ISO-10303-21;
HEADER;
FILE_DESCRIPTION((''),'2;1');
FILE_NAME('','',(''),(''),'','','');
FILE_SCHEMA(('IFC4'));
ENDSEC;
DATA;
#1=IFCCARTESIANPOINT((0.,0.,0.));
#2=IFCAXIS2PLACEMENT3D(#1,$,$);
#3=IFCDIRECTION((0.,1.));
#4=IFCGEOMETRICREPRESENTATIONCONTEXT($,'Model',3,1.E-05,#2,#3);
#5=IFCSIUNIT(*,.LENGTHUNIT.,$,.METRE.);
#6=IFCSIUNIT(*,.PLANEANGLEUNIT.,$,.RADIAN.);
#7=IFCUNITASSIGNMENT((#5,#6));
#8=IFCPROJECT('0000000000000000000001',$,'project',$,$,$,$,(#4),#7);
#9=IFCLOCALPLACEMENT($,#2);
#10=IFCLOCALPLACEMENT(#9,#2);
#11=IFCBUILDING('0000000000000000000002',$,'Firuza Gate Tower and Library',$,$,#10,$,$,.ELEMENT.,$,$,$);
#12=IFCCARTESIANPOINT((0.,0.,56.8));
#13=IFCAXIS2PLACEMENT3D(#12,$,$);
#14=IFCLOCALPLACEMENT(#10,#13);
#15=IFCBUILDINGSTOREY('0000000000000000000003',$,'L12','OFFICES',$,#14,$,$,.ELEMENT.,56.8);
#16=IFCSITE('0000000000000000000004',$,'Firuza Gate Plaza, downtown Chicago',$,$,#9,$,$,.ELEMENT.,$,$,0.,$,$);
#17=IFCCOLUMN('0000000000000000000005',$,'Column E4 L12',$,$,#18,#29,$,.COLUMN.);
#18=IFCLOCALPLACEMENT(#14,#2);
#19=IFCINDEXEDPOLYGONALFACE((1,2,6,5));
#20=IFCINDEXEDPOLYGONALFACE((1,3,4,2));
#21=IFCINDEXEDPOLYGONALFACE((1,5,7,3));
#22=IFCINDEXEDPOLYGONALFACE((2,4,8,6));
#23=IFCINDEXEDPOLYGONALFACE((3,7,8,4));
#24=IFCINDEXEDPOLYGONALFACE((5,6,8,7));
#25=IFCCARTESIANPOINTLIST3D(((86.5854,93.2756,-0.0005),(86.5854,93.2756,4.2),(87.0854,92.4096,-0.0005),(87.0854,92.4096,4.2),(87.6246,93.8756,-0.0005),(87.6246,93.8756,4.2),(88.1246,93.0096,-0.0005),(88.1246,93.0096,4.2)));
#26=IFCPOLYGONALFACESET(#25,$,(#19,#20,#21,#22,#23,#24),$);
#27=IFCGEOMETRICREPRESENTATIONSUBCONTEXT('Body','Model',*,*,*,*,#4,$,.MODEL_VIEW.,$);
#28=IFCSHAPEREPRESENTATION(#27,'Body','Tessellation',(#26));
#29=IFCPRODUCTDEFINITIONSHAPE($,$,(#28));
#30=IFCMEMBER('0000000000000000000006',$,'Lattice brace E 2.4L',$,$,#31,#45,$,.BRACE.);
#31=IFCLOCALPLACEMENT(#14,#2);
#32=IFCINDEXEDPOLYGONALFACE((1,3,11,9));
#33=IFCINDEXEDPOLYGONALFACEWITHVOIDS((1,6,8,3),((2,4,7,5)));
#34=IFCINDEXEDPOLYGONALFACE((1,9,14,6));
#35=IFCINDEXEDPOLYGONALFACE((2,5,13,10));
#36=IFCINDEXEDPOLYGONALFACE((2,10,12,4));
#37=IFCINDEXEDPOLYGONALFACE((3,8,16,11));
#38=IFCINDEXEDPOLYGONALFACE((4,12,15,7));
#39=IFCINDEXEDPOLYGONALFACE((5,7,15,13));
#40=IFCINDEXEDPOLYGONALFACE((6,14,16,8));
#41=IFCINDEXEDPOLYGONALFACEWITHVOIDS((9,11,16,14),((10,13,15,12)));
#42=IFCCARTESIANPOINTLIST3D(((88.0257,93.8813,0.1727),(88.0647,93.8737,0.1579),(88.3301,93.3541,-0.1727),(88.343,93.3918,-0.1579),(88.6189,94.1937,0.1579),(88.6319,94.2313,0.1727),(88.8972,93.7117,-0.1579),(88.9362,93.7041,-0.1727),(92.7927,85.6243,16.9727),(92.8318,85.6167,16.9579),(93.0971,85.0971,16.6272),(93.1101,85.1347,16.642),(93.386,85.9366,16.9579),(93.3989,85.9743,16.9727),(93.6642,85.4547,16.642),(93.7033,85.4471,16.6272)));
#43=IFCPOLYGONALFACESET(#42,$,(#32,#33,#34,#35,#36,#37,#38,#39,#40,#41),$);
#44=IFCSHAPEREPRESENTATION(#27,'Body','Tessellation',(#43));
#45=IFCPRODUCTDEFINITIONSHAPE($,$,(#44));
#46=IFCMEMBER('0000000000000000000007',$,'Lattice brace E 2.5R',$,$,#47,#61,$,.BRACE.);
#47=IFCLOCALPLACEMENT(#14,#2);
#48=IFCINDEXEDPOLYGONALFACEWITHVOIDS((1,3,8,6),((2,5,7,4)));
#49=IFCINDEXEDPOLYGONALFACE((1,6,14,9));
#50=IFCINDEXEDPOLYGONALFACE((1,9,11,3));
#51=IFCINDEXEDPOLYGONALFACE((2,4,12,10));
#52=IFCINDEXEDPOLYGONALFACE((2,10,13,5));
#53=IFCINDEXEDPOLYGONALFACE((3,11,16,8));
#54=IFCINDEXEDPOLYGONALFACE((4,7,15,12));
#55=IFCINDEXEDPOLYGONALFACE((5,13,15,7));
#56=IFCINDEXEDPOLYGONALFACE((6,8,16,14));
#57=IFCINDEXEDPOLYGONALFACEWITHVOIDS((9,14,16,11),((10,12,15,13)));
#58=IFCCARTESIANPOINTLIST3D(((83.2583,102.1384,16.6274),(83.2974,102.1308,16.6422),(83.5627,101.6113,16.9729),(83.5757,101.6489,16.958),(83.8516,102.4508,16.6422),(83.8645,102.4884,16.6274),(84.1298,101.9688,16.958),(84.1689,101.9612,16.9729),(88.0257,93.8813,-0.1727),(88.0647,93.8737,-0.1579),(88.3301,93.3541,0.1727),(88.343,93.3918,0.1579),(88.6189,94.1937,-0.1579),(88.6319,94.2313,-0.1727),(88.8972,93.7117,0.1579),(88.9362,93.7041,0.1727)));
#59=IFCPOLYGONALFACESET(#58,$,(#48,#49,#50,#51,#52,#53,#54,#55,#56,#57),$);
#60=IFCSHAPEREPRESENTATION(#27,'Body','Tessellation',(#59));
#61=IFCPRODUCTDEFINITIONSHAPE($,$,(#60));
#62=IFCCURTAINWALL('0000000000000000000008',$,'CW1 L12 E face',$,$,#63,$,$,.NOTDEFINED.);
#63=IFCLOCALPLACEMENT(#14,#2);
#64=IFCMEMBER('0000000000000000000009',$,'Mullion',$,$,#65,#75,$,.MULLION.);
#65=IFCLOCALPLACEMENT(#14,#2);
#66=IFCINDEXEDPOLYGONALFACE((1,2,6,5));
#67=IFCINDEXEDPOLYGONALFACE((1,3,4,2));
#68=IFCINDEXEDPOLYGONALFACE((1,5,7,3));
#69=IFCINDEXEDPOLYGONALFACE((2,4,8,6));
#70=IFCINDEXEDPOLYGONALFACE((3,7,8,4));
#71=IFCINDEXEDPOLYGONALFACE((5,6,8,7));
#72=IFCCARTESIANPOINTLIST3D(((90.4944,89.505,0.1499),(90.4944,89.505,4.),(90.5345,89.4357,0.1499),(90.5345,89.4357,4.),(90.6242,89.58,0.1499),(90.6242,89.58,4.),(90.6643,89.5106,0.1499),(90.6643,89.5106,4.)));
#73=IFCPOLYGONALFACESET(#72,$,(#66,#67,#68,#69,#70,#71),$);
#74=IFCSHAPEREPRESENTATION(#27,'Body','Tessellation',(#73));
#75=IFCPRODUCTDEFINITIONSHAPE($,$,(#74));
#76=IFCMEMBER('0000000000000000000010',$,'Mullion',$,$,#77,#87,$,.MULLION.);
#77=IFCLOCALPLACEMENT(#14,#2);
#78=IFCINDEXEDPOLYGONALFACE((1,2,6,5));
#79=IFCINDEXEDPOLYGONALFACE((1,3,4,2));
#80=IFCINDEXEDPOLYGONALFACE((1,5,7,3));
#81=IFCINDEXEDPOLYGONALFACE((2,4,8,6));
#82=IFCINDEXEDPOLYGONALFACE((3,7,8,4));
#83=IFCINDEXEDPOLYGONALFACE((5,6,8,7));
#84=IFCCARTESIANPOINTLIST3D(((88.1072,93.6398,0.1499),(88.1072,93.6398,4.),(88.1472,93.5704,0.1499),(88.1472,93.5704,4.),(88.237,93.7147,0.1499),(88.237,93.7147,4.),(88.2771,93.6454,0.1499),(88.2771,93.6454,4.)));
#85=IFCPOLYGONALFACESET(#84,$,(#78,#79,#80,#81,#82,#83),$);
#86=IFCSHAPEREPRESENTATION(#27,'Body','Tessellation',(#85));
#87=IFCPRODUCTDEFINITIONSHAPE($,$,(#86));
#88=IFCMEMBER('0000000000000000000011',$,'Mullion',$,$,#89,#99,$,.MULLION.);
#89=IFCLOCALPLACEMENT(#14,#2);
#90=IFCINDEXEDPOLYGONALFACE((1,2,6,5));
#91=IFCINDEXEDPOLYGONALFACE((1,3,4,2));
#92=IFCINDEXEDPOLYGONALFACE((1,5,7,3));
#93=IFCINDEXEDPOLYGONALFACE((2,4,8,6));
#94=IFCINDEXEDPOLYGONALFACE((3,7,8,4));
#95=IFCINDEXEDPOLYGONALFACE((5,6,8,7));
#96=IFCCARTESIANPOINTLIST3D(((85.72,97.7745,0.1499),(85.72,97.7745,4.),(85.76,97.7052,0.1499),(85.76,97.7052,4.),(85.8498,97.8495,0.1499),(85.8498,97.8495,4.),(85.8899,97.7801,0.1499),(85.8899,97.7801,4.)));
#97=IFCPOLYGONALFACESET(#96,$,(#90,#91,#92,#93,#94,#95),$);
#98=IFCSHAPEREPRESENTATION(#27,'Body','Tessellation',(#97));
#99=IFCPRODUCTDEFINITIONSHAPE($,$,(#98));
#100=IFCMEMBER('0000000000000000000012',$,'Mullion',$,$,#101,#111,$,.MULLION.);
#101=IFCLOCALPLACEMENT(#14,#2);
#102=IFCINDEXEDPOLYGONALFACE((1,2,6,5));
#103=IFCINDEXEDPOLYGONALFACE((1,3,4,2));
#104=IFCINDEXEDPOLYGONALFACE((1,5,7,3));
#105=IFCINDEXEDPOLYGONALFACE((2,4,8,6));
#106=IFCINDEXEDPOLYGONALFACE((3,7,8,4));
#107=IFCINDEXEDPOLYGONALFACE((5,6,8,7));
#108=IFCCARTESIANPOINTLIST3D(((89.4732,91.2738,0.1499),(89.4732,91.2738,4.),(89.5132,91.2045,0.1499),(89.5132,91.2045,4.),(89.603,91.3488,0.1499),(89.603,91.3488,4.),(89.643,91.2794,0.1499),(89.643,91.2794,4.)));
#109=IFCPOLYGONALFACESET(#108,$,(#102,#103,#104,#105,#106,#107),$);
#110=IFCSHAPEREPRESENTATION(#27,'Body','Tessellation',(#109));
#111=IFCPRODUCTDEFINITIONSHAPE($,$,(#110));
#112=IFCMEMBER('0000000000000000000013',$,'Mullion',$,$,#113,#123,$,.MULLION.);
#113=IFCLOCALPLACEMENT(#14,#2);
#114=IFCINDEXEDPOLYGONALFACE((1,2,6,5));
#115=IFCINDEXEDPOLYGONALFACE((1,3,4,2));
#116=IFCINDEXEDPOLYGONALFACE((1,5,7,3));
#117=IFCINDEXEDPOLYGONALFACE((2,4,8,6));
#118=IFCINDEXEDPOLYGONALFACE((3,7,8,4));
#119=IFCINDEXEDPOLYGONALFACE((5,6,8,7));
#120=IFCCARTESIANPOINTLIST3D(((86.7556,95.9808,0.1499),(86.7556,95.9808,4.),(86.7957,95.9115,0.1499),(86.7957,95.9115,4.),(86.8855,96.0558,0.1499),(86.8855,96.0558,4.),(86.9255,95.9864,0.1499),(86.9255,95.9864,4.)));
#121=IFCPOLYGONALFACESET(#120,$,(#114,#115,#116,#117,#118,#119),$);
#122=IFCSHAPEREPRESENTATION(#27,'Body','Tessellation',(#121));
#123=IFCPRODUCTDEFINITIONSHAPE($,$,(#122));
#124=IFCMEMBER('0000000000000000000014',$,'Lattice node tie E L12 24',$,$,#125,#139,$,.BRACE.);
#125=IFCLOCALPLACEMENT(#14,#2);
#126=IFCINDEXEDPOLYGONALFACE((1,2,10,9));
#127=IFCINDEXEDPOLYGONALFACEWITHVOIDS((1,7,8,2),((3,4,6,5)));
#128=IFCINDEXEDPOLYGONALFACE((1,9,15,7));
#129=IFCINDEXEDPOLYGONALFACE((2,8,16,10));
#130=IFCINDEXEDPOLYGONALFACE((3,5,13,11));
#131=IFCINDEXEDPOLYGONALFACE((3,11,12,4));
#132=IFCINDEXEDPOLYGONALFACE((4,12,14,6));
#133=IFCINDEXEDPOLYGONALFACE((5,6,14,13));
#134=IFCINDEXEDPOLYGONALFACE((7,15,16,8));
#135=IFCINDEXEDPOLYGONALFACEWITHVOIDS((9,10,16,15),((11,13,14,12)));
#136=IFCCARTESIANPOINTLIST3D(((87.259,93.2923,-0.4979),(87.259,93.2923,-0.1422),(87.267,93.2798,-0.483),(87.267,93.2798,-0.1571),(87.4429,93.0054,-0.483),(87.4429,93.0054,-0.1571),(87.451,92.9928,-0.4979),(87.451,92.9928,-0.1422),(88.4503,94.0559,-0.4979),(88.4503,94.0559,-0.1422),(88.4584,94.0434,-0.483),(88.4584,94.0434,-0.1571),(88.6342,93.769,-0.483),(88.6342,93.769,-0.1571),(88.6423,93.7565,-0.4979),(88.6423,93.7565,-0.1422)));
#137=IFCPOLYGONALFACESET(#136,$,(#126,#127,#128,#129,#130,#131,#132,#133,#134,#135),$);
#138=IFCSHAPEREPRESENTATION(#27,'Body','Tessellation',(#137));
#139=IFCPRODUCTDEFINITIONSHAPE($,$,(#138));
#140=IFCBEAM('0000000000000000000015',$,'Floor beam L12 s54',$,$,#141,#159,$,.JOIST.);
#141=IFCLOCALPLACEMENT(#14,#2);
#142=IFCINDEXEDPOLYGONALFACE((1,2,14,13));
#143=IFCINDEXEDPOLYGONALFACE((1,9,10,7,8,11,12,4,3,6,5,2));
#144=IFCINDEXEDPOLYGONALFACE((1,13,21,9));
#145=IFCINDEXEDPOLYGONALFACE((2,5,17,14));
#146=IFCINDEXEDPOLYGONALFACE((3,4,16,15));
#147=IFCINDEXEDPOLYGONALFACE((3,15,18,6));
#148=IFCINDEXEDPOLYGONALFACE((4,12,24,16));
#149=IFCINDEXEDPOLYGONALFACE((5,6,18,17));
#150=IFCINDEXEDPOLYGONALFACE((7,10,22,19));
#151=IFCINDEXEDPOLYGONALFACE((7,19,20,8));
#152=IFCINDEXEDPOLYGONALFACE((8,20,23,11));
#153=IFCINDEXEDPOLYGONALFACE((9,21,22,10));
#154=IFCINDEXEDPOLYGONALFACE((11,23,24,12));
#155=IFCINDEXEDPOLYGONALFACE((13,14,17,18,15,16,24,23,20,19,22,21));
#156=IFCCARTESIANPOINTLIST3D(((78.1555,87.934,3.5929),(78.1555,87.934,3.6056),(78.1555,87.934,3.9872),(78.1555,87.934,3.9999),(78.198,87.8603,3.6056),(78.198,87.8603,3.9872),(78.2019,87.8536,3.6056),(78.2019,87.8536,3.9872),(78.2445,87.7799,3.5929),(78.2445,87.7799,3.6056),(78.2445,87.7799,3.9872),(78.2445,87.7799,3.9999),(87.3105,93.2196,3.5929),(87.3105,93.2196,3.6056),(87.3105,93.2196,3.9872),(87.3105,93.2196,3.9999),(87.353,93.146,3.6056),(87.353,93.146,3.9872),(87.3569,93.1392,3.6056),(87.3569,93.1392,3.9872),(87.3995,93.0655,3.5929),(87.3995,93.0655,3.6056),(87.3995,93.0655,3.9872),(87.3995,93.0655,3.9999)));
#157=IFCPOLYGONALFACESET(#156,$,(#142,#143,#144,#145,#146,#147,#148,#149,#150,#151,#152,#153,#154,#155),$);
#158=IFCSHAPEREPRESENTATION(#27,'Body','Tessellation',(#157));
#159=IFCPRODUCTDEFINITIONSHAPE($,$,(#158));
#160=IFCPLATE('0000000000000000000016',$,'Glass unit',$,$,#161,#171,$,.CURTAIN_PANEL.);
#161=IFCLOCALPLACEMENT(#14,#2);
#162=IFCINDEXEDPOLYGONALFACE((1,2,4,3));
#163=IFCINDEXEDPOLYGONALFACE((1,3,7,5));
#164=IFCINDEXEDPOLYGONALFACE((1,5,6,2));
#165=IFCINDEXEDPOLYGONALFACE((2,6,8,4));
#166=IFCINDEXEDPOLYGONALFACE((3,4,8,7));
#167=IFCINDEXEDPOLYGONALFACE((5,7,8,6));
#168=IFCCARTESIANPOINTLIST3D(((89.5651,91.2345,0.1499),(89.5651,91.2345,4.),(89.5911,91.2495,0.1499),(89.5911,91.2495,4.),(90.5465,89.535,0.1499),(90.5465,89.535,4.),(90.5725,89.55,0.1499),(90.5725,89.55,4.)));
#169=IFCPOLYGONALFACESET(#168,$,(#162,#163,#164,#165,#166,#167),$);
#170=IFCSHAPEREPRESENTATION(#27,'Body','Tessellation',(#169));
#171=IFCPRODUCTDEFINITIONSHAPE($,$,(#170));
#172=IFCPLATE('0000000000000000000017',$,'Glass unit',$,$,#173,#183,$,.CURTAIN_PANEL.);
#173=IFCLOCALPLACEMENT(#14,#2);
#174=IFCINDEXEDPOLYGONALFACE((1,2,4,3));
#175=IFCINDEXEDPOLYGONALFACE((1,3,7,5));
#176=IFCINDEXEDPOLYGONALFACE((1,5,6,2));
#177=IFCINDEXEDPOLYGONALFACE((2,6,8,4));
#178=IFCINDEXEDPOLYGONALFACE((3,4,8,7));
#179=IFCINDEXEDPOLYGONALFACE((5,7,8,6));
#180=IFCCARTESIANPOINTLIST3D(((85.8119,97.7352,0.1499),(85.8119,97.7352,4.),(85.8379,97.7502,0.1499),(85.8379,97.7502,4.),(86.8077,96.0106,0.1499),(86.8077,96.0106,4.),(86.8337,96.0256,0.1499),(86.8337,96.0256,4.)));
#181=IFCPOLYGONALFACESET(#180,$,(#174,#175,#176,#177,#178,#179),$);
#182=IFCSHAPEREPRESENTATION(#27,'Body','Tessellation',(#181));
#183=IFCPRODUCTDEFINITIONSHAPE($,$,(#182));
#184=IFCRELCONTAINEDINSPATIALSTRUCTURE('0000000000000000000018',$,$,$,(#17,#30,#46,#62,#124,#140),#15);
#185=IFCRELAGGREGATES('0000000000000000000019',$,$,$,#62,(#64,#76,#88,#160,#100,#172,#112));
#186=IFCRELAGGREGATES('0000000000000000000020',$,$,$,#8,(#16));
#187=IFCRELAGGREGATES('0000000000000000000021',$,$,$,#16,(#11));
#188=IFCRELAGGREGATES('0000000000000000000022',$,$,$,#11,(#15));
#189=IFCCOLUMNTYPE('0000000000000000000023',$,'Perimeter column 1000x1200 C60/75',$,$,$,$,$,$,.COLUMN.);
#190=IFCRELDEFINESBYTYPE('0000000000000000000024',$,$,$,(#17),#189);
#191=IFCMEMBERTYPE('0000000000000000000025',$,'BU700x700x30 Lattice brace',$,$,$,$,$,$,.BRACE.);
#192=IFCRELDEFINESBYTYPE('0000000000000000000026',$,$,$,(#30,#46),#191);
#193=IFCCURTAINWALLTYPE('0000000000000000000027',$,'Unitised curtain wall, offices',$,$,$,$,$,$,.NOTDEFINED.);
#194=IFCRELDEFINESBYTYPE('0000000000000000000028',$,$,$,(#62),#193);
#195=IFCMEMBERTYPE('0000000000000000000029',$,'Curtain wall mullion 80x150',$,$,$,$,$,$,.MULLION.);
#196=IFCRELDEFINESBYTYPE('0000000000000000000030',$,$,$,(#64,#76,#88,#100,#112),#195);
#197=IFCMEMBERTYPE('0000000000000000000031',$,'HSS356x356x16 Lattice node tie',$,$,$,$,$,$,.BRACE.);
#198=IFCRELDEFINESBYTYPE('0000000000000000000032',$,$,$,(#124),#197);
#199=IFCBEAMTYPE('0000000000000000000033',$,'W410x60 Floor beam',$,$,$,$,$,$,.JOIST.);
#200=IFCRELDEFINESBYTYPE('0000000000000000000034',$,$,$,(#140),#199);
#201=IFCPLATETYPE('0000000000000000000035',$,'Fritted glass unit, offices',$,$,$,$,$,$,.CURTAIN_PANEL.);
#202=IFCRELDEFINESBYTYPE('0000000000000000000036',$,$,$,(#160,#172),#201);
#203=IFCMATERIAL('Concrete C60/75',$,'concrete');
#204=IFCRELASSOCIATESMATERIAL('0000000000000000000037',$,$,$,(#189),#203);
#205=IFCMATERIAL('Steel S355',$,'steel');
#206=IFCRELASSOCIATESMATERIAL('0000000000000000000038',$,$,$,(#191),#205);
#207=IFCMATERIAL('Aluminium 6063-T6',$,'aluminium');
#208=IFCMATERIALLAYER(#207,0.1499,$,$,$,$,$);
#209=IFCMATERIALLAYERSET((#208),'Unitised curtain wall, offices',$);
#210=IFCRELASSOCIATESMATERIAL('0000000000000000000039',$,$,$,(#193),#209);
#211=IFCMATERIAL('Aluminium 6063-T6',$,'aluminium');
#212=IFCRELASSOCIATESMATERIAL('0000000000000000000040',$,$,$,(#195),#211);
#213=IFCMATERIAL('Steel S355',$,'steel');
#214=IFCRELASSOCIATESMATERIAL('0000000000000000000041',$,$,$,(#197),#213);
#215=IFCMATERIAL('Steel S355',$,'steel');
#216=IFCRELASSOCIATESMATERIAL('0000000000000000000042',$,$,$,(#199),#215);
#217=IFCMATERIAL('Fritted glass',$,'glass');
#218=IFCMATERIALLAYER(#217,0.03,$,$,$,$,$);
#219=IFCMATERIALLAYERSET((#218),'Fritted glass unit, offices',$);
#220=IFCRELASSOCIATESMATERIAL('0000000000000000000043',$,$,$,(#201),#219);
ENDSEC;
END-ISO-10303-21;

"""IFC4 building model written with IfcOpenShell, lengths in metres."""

from ifc_helpers import new_model, si_unit, direction, frame, origin, origin_2d, place, context, subcontext, project, spatial, polyline, rectangle, hollow_rectangle, i_section, outline, extrude, material, layer, layer_set, material_profile, profile_set, type_object, element, aggregate, save


model = new_model("IFC4")

# Units and contexts
model_context = context("Model", 3, precision=1e-05, world=origin(), true_north=direction((0.0, 1.0)))
body_context = subcontext(model_context, "Body", "Model", "MODEL_VIEW")
ifc_project = project(units=[si_unit("LENGTHUNIT", "METRE"), si_unit("PLANEANGLEUNIT", "RADIAN")], contexts=[model_context])

# Site, building, storey
site_placement = place(None, origin())
site = spatial("IfcSite", under=ifc_project, at=site_placement, Name="Firuza Gate Plaza, downtown Chicago", CompositionType="ELEMENT", RefElevation=0.0)
building_placement = place(site_placement, origin())
building = spatial("IfcBuilding", under=site, at=building_placement, Name="Firuza Gate Tower and Library", CompositionType="ELEMENT")
storey_placement = place(building_placement, frame((0.0, 0.0, 56.8)))
storey = spatial("IfcBuildingStorey", under=building, at=storey_placement, Name="L12", Description="OFFICES", CompositionType="ELEMENT", Elevation=56.8)

# Column
ifc_material_1 = material(Name="Concrete C60/75", Category="concrete")
ifc_material_profile_1 = material_profile(ifc_material_1, rectangle(XDim=1.0, YDim=1.2, at=origin_2d()))
ifc_profile_set_1 = profile_set([ifc_material_profile_1], Name="Concrete C60/75")
column_type = type_object("IfcColumnType", Name="Perimeter column 1000x1200 C60/75", PredefinedType="COLUMN", material=ifc_profile_set_1)
column_placement = place(storey_placement, frame((87.355, 93.1426, -0.0005), z_axis=(0.0, 0.0, 1.0), x_axis=(-0.5, 0.866025, 0.0)))
element("IfcColumn", 1, at=column_placement, inside=storey, type_object=column_type, Name="Column E4 L12", PredefinedType="COLUMN", context=body_context, shape_type="SweptSolid", body=[
    extrude(rectangle(XDim=1.0, YDim=1.2, at=origin_2d()), origin(), (0.0, 0.0, 1.0), 4.2004),
])

# Members
ifc_material_2 = material(Name="Steel S355", Category="steel")
ifc_material_profile_2 = material_profile(ifc_material_2, hollow_rectangle(XDim=0.7, YDim=0.7, WallThickness=0.03, at=origin_2d()))
ifc_profile_set_2 = profile_set([ifc_material_profile_2], Name="Steel S355")
member_type_1 = type_object("IfcMemberType", Name="BU700x700x30 Lattice brace", PredefinedType="BRACE", material=ifc_profile_set_2)
member_1_placement = place(storey_placement, frame((88.481, 93.7927, 0.0), z_axis=(0.246782, -0.427452, 0.869703), x_axis=(0.866032, 0.499989, 0.0)))
element("IfcMember", 2, at=member_1_placement, inside=storey, type_object=member_type_1, Name="Lattice brace E 2.4L", PredefinedType="BRACE", context=body_context, shape_type="SweptSolid", body=[
    extrude(hollow_rectangle(XDim=0.7, YDim=0.7, WallThickness=0.03, at=origin_2d()), origin(), (0.0, 0.0, 1.0), 19.3169),
])
member_2_placement = place(storey_placement, frame((88.481, 93.7927, 0.0), z_axis=(-0.246794, 0.42745, 0.8697), x_axis=(-0.866021, -0.500008, 0.0)))
element("IfcMember", 3, at=member_2_placement, inside=storey, type_object=member_type_1, Name="Lattice brace E 2.5R", PredefinedType="BRACE", context=body_context, shape_type="SweptSolid", body=[
    extrude(hollow_rectangle(XDim=0.7, YDim=0.7, WallThickness=0.03, at=origin_2d()), origin(), (0.0, 0.0, 1.0), 19.3171),
])

# Curtain wall, members
ifc_material_3 = material(Name="Aluminium 6063-T6", Category="aluminium")
ifc_layer_1 = layer(ifc_material_3, 0.1499)
ifc_layer_set_1 = layer_set([ifc_layer_1], Name="Unitised curtain wall, offices")
curtain_wall_type = type_object("IfcCurtainWallType", Name="Unitised curtain wall, offices", PredefinedType="NOTDEFINED", material=ifc_layer_set_1)
curtain_wall_placement = place(storey_placement, origin())
curtain_wall = element("IfcCurtainWall", 4, at=curtain_wall_placement, inside=storey, type_object=curtain_wall_type, Name="CW1 L12 E face", PredefinedType="NOTDEFINED")
ifc_material_4 = material(Name="Aluminium 6063-T6", Category="aluminium")
ifc_material_profile_3 = material_profile(ifc_material_4, rectangle(XDim=0.1499, YDim=0.0801, at=origin_2d()))
ifc_profile_set_3 = profile_set([ifc_material_profile_3], Name="Aluminium 6063-T6")
member_type_2 = type_object("IfcMemberType", Name="Curtain wall mullion 80x150", PredefinedType="MULLION", material=ifc_profile_set_3)
member_3_placement = place(storey_placement, frame((90.5793, 89.5078, 0.1499), z_axis=(0.0, 0.0, 1.0), x_axis=(-0.866025, -0.5, 0.0)))
member_3 = element("IfcMember", 5, at=member_3_placement, type_object=member_type_2, Name="Mullion", PredefinedType="MULLION", context=body_context, shape_type="SweptSolid", body=[
    extrude(rectangle(XDim=0.1499, YDim=0.0801, at=origin_2d()), origin(), (0.0, 0.0, 1.0), 3.8501),
])
member_4_placement = place(storey_placement, frame((88.1921, 93.6426, 0.1499), z_axis=(0.0, 0.0, 1.0), x_axis=(-0.866025, -0.5, 0.0)))
member_4 = element("IfcMember", 6, at=member_4_placement, type_object=member_type_2, Name="Mullion", PredefinedType="MULLION", context=body_context, shape_type="SweptSolid", body=[
    extrude(rectangle(XDim=0.1499, YDim=0.0801, at=origin_2d()), origin(), (0.0, 0.0, 1.0), 3.8501),
])
member_5_placement = place(storey_placement, frame((85.8049, 97.7773, 0.1499), z_axis=(0.0, 0.0, 1.0), x_axis=(-0.866025, -0.5, 0.0)))
member_5 = element("IfcMember", 7, at=member_5_placement, type_object=member_type_2, Name="Mullion", PredefinedType="MULLION", context=body_context, shape_type="SweptSolid", body=[
    extrude(rectangle(XDim=0.1499, YDim=0.0801, at=origin_2d()), origin(), (0.0, 0.0, 1.0), 3.8501),
])
member_6_placement = place(storey_placement, frame((89.5581, 91.2766, 0.1499), z_axis=(0.0, 0.0, 1.0), x_axis=(-0.866025, -0.5, 0.0)))
member_6 = element("IfcMember", 8, at=member_6_placement, type_object=member_type_2, Name="Mullion", PredefinedType="MULLION", context=body_context, shape_type="SweptSolid", body=[
    extrude(rectangle(XDim=0.1499, YDim=0.0801, at=origin_2d()), origin(), (0.0, 0.0, 1.0), 3.8501),
])
member_7_placement = place(storey_placement, frame((86.8406, 95.9836, 0.1499), z_axis=(0.0, 0.0, 1.0), x_axis=(-0.866025, -0.5, 0.0)))
member_7 = element("IfcMember", 9, at=member_7_placement, type_object=member_type_2, Name="Mullion", PredefinedType="MULLION", context=body_context, shape_type="SweptSolid", body=[
    extrude(rectangle(XDim=0.1499, YDim=0.0801, at=origin_2d()), origin(), (0.0, 0.0, 1.0), 3.8501),
])

# Member
ifc_material_5 = material(Name="Steel S355", Category="steel")
ifc_material_profile_4 = material_profile(ifc_material_5, hollow_rectangle(XDim=0.3557, YDim=0.3557, WallThickness=0.0149, at=origin_2d()))
ifc_profile_set_4 = profile_set([ifc_material_profile_4], Name="Steel S355")
member_type_3 = type_object("IfcMemberType", Name="HSS356x356x16 Lattice node tie", PredefinedType="BRACE", material=ifc_profile_set_4)
member_8_placement = place(storey_placement, frame((87.355, 93.1426, -0.3201), z_axis=(0.841895, 0.539641, 0.0), x_axis=(-0.539641, 0.841895, 0.0)))
element("IfcMember", 10, at=member_8_placement, inside=storey, type_object=member_type_3, Name="Lattice node tie E L12 24", PredefinedType="BRACE", context=body_context, shape_type="SweptSolid", body=[
    extrude(hollow_rectangle(XDim=0.3557, YDim=0.3557, WallThickness=0.0149, at=origin_2d()), origin(), (0.0, 0.0, 1.0), 1.415),
])

# Beam
ifc_material_6 = material(Name="Steel S355", Category="steel")
ifc_material_profile_5 = material_profile(ifc_material_6, i_section(OverallWidth=0.178, OverallDepth=0.407, WebThickness=0.0078, FlangeThickness=0.0127, at=origin_2d()))
ifc_profile_set_5 = profile_set([ifc_material_profile_5], Name="Steel S355")
beam_type = type_object("IfcBeamType", Name="W410x60 Floor beam", PredefinedType="JOIST", material=ifc_profile_set_5)
beam_placement = place(storey_placement, frame((87.355, 93.1426, 3.7964), z_axis=(-0.866026, -0.499999, 0.0), x_axis=(0.499999, -0.866026, 0.0)))
element("IfcBeam", 11, at=beam_placement, inside=storey, type_object=beam_type, Name="Floor beam L12 s54", PredefinedType="JOIST", context=body_context, shape_type="SweptSolid", body=[
    extrude(i_section(OverallWidth=0.178, OverallDepth=0.407, WebThickness=0.0078, FlangeThickness=0.0127, at=origin_2d()), origin(), (0.0, 0.0, 1.0), 10.5713),
])

# Plates
ifc_material_7 = material(Name="Fritted glass", Category="glass")
ifc_layer_2 = layer(ifc_material_7, 0.03)
ifc_layer_set_2 = layer_set([ifc_layer_2], Name="Fritted glass unit, offices")
plate_type_1 = type_object("IfcPlateType", Name="Fritted glass unit, offices", PredefinedType="CURTAIN_PANEL", material=ifc_layer_set_2)
plate_1_placement = place(storey_placement, frame((90.5725, 89.55, 0.1499), z_axis=(0.865968, 0.500099, 0.0), x_axis=(-0.500099, 0.865968, 0.0)))
plate_1 = element("IfcPlate", 12, at=plate_1_placement, type_object=plate_type_1, Name="Glass unit", PredefinedType="CURTAIN_PANEL", context=body_context, shape_type="SweptSolid", body=[
    extrude(outline(polyline([(0.0, 0.0), (1.9625, 0.0), (1.9625, 3.8501), (0.0, 3.8501), (0.0, 0.0)])), origin(), (0.0, 0.0, -1.0), 0.03),
])
plate_2_placement = place(storey_placement, frame((86.8337, 96.0256, 0.1499), z_axis=(0.865994, 0.500055, 0.0), x_axis=(-0.500055, 0.865994, 0.0)))
plate_2 = element("IfcPlate", 13, at=plate_2_placement, type_object=plate_type_1, Name="Glass unit", PredefinedType="CURTAIN_PANEL", context=body_context, shape_type="SweptSolid", body=[
    extrude(outline(polyline([(0.0, 0.0), (1.9915, 0.0), (1.9915, 3.8501), (0.0, 3.8501), (0.0, 0.0)])), origin(), (0.0, 0.0, -1.0), 0.03),
])
aggregate(curtain_wall, [member_3, member_4, member_5, plate_1, member_6, plate_2, member_7])

save(model, "model.ifc")
